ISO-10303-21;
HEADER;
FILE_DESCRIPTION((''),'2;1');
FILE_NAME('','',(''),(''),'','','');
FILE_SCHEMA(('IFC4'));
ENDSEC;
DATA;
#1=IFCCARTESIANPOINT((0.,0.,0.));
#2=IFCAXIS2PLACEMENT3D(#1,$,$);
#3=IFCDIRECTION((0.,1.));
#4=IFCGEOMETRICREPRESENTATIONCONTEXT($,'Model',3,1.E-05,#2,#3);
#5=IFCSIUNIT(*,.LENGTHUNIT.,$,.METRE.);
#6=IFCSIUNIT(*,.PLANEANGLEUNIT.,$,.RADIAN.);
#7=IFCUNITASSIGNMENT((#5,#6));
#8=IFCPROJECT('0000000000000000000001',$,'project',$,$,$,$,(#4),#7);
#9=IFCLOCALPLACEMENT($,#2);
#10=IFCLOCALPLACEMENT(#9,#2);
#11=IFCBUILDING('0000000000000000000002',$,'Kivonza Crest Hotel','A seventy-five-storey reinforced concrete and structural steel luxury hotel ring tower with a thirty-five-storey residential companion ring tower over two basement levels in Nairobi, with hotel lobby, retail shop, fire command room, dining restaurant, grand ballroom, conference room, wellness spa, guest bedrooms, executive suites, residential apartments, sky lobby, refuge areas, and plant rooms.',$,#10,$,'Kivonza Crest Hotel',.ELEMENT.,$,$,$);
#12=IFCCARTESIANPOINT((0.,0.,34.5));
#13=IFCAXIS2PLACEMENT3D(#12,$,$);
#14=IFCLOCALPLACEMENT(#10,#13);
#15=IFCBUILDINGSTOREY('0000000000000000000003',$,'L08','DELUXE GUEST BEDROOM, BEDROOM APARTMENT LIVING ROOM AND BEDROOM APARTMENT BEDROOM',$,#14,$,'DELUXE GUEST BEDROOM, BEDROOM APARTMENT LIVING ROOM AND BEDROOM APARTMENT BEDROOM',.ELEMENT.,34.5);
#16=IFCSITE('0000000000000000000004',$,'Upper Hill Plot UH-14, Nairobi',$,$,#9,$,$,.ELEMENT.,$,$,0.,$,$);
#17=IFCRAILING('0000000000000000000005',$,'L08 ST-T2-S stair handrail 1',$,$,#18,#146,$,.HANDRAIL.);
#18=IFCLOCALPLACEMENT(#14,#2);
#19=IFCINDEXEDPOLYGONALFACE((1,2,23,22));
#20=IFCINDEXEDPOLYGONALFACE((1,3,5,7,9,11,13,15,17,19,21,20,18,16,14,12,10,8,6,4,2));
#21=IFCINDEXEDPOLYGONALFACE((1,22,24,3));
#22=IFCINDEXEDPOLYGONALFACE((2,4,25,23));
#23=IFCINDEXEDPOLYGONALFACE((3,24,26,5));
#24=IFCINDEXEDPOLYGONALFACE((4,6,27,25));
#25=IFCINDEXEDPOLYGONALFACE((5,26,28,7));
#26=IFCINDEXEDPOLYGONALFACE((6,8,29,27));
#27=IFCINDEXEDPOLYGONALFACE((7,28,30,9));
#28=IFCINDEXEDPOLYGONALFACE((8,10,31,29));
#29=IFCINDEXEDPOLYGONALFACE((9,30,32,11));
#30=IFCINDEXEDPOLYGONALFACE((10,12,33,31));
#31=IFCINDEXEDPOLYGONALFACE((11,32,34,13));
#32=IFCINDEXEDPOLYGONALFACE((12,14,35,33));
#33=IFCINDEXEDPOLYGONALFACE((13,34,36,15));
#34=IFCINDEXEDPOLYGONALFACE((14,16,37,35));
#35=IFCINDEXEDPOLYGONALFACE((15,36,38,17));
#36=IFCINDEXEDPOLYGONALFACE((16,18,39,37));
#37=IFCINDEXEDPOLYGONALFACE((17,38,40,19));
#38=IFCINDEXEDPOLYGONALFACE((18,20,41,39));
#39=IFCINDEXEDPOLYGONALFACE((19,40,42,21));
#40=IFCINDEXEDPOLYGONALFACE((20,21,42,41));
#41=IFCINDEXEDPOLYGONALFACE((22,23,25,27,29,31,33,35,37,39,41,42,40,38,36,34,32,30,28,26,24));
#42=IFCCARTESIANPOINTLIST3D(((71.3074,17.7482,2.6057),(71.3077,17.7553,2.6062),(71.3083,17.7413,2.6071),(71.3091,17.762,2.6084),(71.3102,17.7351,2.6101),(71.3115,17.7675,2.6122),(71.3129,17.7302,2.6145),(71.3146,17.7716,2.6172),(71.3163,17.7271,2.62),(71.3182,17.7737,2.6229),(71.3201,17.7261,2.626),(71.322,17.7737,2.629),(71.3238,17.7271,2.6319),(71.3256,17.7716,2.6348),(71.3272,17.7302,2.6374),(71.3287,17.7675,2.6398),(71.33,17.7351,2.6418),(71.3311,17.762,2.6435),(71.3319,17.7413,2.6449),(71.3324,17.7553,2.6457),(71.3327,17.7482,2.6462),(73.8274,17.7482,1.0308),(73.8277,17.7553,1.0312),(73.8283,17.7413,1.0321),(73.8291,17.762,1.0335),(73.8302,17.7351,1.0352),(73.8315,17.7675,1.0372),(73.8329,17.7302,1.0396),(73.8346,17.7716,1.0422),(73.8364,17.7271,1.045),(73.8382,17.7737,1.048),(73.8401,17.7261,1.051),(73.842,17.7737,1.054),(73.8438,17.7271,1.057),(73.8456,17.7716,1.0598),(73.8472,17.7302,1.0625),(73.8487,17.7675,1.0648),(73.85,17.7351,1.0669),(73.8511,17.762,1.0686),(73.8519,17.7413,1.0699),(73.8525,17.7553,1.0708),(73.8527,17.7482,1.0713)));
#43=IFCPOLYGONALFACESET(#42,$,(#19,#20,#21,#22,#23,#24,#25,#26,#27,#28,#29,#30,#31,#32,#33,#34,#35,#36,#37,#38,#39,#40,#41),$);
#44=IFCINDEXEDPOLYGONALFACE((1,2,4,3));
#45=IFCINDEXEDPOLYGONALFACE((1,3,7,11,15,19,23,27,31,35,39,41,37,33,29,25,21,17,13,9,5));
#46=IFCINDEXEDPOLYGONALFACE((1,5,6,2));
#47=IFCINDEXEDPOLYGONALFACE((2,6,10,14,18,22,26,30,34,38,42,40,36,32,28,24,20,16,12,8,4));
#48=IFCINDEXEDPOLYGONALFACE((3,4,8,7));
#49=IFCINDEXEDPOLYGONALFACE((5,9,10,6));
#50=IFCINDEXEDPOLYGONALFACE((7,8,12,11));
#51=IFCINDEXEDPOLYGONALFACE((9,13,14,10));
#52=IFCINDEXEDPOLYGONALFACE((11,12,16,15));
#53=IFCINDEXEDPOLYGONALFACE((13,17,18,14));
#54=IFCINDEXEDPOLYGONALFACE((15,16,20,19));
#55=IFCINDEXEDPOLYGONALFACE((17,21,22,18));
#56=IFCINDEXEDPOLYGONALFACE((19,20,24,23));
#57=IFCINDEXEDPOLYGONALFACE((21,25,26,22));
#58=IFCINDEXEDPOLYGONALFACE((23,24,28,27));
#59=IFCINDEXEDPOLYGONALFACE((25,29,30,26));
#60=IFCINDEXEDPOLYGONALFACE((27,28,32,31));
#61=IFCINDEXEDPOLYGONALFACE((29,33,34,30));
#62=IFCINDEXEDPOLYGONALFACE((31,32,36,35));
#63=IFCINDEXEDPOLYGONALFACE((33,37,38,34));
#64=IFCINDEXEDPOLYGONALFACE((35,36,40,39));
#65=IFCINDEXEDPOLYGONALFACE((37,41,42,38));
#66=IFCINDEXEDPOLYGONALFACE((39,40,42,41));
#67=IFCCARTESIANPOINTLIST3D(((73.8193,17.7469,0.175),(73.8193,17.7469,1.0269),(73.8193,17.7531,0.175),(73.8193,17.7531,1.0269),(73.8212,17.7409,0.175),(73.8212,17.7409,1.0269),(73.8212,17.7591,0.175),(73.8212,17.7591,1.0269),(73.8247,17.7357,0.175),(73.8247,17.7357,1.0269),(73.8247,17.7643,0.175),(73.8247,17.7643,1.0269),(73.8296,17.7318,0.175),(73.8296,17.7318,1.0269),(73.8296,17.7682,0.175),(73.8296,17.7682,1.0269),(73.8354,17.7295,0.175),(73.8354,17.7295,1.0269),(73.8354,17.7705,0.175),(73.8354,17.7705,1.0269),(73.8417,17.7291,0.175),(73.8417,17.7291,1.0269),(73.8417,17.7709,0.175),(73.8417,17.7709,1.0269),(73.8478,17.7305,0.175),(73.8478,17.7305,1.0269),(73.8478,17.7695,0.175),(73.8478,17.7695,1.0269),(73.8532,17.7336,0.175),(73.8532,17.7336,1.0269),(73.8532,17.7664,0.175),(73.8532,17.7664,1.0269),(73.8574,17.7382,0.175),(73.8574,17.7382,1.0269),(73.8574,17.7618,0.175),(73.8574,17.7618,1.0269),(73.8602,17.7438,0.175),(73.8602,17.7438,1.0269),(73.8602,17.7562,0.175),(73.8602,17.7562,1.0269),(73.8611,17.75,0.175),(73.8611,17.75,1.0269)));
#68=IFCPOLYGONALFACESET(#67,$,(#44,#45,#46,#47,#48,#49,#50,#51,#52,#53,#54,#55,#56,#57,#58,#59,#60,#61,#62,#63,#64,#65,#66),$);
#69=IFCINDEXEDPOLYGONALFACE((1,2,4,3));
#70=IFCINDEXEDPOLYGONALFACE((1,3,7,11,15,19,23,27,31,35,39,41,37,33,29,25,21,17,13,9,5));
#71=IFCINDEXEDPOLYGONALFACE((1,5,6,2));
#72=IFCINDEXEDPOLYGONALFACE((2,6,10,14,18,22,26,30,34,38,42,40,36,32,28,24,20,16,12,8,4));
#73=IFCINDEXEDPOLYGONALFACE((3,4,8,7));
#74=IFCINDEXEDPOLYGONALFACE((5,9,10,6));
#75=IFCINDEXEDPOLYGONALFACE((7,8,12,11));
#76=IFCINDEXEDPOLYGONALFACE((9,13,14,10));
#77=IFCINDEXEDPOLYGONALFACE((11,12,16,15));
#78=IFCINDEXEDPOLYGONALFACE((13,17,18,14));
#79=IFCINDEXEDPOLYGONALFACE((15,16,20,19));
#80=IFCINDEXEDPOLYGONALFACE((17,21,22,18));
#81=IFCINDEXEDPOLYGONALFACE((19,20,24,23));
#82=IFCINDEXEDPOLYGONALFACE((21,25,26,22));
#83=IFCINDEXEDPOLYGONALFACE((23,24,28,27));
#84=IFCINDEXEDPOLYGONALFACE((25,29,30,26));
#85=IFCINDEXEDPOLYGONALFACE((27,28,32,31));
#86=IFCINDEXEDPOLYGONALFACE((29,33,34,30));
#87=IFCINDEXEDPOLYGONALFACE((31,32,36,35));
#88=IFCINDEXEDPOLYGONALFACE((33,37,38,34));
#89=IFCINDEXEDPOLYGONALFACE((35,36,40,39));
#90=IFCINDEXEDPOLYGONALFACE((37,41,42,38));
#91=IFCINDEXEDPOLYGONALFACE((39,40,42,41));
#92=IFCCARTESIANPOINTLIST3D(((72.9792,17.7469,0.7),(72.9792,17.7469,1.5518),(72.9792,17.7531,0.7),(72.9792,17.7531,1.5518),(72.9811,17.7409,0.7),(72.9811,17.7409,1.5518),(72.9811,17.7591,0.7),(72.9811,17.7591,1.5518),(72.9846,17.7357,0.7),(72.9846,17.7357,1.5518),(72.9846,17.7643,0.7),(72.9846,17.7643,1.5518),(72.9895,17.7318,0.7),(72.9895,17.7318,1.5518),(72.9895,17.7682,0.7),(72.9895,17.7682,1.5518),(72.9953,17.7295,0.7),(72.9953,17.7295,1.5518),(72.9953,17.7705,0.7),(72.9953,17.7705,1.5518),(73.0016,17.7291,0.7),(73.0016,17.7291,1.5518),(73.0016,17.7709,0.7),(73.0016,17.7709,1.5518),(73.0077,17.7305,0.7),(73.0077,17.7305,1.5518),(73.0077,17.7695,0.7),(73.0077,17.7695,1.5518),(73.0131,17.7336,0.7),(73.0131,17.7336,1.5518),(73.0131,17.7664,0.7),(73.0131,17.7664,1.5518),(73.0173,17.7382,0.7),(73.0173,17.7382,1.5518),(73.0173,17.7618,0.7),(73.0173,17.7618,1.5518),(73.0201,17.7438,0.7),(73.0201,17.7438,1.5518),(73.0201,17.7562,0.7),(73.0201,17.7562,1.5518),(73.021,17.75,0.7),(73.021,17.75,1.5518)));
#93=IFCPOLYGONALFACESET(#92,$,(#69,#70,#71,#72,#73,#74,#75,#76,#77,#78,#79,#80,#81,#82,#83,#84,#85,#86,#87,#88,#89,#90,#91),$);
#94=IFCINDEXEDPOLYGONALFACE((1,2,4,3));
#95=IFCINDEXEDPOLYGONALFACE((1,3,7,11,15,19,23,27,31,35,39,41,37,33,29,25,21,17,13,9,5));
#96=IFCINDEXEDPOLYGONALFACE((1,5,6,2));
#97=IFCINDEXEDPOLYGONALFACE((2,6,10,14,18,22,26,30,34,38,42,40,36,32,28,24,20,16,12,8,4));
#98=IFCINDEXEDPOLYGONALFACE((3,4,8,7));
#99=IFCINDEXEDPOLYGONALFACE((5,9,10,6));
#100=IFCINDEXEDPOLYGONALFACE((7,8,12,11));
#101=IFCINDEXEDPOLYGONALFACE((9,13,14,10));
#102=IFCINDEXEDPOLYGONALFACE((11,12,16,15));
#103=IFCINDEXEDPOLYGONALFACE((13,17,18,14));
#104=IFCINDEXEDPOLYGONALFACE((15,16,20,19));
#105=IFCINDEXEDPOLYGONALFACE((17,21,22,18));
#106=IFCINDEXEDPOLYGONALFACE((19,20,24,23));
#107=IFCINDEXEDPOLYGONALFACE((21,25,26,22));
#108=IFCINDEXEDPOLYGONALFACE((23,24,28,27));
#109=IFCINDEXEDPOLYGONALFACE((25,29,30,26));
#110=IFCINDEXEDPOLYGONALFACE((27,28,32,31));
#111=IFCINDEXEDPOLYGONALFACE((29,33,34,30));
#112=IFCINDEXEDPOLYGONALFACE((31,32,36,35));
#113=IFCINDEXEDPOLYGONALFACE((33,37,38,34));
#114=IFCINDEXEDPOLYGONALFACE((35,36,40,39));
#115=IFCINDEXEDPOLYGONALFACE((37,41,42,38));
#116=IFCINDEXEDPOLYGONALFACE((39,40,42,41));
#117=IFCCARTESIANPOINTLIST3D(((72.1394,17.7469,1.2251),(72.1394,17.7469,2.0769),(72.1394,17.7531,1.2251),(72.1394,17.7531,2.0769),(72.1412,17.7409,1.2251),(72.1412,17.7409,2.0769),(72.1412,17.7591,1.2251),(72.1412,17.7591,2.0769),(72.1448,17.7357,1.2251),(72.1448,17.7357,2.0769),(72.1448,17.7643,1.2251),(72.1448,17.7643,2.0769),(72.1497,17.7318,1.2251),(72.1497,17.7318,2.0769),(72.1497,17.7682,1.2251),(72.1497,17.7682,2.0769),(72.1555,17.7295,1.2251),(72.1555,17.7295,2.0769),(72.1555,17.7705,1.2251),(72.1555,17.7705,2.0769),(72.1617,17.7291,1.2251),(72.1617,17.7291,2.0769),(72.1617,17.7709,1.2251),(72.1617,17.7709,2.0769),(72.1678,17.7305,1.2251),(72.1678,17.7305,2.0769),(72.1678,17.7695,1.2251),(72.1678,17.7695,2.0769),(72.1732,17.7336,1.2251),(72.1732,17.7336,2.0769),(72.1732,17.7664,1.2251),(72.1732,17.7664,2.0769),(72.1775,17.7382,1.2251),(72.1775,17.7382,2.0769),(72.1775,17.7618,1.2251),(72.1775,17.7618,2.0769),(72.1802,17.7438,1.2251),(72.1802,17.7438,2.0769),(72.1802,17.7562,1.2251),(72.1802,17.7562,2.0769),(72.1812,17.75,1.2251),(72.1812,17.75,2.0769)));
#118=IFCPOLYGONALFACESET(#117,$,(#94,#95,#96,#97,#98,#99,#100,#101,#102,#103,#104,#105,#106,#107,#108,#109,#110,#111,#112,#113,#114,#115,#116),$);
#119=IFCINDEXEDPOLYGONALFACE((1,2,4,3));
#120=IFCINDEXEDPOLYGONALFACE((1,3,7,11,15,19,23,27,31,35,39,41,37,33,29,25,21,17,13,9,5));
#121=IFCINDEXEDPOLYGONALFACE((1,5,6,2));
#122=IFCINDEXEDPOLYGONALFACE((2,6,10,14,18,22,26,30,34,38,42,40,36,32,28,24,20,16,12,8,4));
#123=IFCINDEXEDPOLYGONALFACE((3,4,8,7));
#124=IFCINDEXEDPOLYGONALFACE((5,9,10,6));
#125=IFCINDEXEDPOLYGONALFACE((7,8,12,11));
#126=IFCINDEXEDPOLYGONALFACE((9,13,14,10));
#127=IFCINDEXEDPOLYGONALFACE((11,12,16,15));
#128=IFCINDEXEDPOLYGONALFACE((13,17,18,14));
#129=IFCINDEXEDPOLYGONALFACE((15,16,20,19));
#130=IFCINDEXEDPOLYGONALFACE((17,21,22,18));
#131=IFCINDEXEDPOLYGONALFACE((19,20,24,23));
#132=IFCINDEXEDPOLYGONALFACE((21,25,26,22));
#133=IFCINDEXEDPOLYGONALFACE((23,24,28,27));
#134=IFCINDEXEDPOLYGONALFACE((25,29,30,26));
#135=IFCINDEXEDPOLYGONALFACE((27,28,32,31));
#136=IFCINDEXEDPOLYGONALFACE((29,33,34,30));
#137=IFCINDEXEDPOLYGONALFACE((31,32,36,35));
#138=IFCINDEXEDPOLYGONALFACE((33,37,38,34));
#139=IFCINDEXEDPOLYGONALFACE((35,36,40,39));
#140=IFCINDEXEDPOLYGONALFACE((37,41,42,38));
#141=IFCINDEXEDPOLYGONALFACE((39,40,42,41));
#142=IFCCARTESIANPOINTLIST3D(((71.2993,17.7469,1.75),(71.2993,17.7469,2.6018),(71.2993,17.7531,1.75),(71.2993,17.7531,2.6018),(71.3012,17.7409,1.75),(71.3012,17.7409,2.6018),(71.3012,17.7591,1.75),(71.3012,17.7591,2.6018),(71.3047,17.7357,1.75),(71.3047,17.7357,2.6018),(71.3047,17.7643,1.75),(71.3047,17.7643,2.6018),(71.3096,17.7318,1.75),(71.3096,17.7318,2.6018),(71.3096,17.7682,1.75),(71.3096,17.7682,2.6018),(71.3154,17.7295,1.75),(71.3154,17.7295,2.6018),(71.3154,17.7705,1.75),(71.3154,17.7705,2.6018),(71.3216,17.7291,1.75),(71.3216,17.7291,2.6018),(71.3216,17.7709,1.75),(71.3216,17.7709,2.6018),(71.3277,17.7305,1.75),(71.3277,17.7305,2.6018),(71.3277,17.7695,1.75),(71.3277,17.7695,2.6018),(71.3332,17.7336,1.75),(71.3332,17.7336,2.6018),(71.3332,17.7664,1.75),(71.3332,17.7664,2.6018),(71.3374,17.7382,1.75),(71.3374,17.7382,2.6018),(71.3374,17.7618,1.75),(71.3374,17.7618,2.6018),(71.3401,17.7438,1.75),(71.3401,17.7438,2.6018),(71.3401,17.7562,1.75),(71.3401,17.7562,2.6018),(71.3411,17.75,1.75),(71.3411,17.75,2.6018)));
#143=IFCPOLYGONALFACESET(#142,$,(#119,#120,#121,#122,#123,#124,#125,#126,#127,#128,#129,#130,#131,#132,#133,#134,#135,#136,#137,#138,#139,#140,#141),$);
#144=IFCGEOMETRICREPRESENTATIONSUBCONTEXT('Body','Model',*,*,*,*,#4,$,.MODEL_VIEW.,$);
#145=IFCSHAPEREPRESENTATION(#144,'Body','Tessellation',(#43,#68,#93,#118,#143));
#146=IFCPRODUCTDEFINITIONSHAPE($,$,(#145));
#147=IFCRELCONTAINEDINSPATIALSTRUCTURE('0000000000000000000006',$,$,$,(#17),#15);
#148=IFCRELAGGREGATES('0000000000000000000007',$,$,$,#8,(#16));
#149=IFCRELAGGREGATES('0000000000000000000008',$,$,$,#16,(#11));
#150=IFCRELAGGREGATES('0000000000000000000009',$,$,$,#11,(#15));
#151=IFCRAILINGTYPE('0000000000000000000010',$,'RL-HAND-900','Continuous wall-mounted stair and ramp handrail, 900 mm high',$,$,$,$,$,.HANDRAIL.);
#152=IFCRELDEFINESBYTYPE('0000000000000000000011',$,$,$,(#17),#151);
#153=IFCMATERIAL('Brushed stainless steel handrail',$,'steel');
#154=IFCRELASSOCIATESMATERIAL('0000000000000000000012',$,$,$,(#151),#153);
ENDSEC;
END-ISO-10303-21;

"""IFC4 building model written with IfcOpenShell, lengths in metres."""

from ifc_helpers import new_model, si_unit, direction, frame, origin, origin_2d, place, context, subcontext, project, spatial, circle, extrude, material, type_object, element, save


model = new_model("IFC4")

# Units and contexts
model_context = context("Model", 3, precision=1e-05, world=origin(), true_north=direction((0.0, 1.0)))
body_context = subcontext(model_context, "Body", "Model", "MODEL_VIEW")
ifc_project = project(units=[si_unit("LENGTHUNIT", "METRE"), si_unit("PLANEANGLEUNIT", "RADIAN")], contexts=[model_context])

# Site, building, storey
site_placement = place(None, origin())
site = spatial("IfcSite", under=ifc_project, at=site_placement, Name="Upper Hill Plot UH-14, Nairobi", CompositionType="ELEMENT", RefElevation=0.0)
building_placement = place(site_placement, origin())
building = spatial("IfcBuilding", under=site, at=building_placement, Name="Kivonza Crest Hotel", Description="A seventy-five-storey reinforced concrete and structural steel luxury hotel ring tower with a thirty-five-storey residential companion ring tower over two basement levels in Nairobi, with hotel lobby, retail shop, fire command room, dining restaurant, grand ballroom, conference room, wellness spa, guest bedrooms, executive suites, residential apartments, sky lobby, refuge areas, and plant rooms.", LongName="Kivonza Crest Hotel", CompositionType="ELEMENT")
storey_placement = place(building_placement, frame((0.0, 0.0, 34.5)))
storey = spatial("IfcBuildingStorey", under=building, at=storey_placement, Name="L08", Description="DELUXE GUEST BEDROOM, BEDROOM APARTMENT LIVING ROOM AND BEDROOM APARTMENT BEDROOM", LongName="DELUXE GUEST BEDROOM, BEDROOM APARTMENT LIVING ROOM AND BEDROOM APARTMENT BEDROOM", CompositionType="ELEMENT", Elevation=34.5)

# Railing
ifc_material_1 = material(Name="Brushed stainless steel handrail", Category="steel")
railing_type_1 = type_object("IfcRailingType", Name="RL-HAND-900", Description="Continuous wall-mounted stair and ramp handrail, 900 mm high", PredefinedType="HANDRAIL", material=ifc_material_1)
railing_1_placement = place(storey_placement, frame((73.8401, 17.75, 0.175)))
element("IfcRailing", 1, at=railing_1_placement, inside=storey, type_object=railing_type_1, Name="L08 ST-T2-S stair handrail 1", PredefinedType="HANDRAIL", context=body_context, shape_type="SweptSolid", body=[
    extrude(circle(Radius=0.0239, at=origin_2d()), frame((0.0, 0.0, 0.876), z_axis=(-0.848008, 0.0, 0.529984), x_axis=(0.0, -1.0, 0.0)), (0.0, 0.0, 1.0), 2.9717),
    extrude(circle(Radius=0.021, at=origin_2d()), origin(), (0.0, 0.0, 1.0), 0.8518),
    extrude(circle(Radius=0.021, at=origin_2d()), frame((-0.8401, 0.0, 0.5249)), (0.0, 0.0, 1.0), 0.8518),
    extrude(circle(Radius=0.021, at=origin_2d()), frame((-1.6799, 0.0, 1.05)), (0.0, 0.0, 1.0), 0.8518),
    extrude(circle(Radius=0.021, at=origin_2d()), frame((-2.52, 0.0, 1.575)), (0.0, 0.0, 1.0), 0.8518),
])

save(model, "model.ifc")
